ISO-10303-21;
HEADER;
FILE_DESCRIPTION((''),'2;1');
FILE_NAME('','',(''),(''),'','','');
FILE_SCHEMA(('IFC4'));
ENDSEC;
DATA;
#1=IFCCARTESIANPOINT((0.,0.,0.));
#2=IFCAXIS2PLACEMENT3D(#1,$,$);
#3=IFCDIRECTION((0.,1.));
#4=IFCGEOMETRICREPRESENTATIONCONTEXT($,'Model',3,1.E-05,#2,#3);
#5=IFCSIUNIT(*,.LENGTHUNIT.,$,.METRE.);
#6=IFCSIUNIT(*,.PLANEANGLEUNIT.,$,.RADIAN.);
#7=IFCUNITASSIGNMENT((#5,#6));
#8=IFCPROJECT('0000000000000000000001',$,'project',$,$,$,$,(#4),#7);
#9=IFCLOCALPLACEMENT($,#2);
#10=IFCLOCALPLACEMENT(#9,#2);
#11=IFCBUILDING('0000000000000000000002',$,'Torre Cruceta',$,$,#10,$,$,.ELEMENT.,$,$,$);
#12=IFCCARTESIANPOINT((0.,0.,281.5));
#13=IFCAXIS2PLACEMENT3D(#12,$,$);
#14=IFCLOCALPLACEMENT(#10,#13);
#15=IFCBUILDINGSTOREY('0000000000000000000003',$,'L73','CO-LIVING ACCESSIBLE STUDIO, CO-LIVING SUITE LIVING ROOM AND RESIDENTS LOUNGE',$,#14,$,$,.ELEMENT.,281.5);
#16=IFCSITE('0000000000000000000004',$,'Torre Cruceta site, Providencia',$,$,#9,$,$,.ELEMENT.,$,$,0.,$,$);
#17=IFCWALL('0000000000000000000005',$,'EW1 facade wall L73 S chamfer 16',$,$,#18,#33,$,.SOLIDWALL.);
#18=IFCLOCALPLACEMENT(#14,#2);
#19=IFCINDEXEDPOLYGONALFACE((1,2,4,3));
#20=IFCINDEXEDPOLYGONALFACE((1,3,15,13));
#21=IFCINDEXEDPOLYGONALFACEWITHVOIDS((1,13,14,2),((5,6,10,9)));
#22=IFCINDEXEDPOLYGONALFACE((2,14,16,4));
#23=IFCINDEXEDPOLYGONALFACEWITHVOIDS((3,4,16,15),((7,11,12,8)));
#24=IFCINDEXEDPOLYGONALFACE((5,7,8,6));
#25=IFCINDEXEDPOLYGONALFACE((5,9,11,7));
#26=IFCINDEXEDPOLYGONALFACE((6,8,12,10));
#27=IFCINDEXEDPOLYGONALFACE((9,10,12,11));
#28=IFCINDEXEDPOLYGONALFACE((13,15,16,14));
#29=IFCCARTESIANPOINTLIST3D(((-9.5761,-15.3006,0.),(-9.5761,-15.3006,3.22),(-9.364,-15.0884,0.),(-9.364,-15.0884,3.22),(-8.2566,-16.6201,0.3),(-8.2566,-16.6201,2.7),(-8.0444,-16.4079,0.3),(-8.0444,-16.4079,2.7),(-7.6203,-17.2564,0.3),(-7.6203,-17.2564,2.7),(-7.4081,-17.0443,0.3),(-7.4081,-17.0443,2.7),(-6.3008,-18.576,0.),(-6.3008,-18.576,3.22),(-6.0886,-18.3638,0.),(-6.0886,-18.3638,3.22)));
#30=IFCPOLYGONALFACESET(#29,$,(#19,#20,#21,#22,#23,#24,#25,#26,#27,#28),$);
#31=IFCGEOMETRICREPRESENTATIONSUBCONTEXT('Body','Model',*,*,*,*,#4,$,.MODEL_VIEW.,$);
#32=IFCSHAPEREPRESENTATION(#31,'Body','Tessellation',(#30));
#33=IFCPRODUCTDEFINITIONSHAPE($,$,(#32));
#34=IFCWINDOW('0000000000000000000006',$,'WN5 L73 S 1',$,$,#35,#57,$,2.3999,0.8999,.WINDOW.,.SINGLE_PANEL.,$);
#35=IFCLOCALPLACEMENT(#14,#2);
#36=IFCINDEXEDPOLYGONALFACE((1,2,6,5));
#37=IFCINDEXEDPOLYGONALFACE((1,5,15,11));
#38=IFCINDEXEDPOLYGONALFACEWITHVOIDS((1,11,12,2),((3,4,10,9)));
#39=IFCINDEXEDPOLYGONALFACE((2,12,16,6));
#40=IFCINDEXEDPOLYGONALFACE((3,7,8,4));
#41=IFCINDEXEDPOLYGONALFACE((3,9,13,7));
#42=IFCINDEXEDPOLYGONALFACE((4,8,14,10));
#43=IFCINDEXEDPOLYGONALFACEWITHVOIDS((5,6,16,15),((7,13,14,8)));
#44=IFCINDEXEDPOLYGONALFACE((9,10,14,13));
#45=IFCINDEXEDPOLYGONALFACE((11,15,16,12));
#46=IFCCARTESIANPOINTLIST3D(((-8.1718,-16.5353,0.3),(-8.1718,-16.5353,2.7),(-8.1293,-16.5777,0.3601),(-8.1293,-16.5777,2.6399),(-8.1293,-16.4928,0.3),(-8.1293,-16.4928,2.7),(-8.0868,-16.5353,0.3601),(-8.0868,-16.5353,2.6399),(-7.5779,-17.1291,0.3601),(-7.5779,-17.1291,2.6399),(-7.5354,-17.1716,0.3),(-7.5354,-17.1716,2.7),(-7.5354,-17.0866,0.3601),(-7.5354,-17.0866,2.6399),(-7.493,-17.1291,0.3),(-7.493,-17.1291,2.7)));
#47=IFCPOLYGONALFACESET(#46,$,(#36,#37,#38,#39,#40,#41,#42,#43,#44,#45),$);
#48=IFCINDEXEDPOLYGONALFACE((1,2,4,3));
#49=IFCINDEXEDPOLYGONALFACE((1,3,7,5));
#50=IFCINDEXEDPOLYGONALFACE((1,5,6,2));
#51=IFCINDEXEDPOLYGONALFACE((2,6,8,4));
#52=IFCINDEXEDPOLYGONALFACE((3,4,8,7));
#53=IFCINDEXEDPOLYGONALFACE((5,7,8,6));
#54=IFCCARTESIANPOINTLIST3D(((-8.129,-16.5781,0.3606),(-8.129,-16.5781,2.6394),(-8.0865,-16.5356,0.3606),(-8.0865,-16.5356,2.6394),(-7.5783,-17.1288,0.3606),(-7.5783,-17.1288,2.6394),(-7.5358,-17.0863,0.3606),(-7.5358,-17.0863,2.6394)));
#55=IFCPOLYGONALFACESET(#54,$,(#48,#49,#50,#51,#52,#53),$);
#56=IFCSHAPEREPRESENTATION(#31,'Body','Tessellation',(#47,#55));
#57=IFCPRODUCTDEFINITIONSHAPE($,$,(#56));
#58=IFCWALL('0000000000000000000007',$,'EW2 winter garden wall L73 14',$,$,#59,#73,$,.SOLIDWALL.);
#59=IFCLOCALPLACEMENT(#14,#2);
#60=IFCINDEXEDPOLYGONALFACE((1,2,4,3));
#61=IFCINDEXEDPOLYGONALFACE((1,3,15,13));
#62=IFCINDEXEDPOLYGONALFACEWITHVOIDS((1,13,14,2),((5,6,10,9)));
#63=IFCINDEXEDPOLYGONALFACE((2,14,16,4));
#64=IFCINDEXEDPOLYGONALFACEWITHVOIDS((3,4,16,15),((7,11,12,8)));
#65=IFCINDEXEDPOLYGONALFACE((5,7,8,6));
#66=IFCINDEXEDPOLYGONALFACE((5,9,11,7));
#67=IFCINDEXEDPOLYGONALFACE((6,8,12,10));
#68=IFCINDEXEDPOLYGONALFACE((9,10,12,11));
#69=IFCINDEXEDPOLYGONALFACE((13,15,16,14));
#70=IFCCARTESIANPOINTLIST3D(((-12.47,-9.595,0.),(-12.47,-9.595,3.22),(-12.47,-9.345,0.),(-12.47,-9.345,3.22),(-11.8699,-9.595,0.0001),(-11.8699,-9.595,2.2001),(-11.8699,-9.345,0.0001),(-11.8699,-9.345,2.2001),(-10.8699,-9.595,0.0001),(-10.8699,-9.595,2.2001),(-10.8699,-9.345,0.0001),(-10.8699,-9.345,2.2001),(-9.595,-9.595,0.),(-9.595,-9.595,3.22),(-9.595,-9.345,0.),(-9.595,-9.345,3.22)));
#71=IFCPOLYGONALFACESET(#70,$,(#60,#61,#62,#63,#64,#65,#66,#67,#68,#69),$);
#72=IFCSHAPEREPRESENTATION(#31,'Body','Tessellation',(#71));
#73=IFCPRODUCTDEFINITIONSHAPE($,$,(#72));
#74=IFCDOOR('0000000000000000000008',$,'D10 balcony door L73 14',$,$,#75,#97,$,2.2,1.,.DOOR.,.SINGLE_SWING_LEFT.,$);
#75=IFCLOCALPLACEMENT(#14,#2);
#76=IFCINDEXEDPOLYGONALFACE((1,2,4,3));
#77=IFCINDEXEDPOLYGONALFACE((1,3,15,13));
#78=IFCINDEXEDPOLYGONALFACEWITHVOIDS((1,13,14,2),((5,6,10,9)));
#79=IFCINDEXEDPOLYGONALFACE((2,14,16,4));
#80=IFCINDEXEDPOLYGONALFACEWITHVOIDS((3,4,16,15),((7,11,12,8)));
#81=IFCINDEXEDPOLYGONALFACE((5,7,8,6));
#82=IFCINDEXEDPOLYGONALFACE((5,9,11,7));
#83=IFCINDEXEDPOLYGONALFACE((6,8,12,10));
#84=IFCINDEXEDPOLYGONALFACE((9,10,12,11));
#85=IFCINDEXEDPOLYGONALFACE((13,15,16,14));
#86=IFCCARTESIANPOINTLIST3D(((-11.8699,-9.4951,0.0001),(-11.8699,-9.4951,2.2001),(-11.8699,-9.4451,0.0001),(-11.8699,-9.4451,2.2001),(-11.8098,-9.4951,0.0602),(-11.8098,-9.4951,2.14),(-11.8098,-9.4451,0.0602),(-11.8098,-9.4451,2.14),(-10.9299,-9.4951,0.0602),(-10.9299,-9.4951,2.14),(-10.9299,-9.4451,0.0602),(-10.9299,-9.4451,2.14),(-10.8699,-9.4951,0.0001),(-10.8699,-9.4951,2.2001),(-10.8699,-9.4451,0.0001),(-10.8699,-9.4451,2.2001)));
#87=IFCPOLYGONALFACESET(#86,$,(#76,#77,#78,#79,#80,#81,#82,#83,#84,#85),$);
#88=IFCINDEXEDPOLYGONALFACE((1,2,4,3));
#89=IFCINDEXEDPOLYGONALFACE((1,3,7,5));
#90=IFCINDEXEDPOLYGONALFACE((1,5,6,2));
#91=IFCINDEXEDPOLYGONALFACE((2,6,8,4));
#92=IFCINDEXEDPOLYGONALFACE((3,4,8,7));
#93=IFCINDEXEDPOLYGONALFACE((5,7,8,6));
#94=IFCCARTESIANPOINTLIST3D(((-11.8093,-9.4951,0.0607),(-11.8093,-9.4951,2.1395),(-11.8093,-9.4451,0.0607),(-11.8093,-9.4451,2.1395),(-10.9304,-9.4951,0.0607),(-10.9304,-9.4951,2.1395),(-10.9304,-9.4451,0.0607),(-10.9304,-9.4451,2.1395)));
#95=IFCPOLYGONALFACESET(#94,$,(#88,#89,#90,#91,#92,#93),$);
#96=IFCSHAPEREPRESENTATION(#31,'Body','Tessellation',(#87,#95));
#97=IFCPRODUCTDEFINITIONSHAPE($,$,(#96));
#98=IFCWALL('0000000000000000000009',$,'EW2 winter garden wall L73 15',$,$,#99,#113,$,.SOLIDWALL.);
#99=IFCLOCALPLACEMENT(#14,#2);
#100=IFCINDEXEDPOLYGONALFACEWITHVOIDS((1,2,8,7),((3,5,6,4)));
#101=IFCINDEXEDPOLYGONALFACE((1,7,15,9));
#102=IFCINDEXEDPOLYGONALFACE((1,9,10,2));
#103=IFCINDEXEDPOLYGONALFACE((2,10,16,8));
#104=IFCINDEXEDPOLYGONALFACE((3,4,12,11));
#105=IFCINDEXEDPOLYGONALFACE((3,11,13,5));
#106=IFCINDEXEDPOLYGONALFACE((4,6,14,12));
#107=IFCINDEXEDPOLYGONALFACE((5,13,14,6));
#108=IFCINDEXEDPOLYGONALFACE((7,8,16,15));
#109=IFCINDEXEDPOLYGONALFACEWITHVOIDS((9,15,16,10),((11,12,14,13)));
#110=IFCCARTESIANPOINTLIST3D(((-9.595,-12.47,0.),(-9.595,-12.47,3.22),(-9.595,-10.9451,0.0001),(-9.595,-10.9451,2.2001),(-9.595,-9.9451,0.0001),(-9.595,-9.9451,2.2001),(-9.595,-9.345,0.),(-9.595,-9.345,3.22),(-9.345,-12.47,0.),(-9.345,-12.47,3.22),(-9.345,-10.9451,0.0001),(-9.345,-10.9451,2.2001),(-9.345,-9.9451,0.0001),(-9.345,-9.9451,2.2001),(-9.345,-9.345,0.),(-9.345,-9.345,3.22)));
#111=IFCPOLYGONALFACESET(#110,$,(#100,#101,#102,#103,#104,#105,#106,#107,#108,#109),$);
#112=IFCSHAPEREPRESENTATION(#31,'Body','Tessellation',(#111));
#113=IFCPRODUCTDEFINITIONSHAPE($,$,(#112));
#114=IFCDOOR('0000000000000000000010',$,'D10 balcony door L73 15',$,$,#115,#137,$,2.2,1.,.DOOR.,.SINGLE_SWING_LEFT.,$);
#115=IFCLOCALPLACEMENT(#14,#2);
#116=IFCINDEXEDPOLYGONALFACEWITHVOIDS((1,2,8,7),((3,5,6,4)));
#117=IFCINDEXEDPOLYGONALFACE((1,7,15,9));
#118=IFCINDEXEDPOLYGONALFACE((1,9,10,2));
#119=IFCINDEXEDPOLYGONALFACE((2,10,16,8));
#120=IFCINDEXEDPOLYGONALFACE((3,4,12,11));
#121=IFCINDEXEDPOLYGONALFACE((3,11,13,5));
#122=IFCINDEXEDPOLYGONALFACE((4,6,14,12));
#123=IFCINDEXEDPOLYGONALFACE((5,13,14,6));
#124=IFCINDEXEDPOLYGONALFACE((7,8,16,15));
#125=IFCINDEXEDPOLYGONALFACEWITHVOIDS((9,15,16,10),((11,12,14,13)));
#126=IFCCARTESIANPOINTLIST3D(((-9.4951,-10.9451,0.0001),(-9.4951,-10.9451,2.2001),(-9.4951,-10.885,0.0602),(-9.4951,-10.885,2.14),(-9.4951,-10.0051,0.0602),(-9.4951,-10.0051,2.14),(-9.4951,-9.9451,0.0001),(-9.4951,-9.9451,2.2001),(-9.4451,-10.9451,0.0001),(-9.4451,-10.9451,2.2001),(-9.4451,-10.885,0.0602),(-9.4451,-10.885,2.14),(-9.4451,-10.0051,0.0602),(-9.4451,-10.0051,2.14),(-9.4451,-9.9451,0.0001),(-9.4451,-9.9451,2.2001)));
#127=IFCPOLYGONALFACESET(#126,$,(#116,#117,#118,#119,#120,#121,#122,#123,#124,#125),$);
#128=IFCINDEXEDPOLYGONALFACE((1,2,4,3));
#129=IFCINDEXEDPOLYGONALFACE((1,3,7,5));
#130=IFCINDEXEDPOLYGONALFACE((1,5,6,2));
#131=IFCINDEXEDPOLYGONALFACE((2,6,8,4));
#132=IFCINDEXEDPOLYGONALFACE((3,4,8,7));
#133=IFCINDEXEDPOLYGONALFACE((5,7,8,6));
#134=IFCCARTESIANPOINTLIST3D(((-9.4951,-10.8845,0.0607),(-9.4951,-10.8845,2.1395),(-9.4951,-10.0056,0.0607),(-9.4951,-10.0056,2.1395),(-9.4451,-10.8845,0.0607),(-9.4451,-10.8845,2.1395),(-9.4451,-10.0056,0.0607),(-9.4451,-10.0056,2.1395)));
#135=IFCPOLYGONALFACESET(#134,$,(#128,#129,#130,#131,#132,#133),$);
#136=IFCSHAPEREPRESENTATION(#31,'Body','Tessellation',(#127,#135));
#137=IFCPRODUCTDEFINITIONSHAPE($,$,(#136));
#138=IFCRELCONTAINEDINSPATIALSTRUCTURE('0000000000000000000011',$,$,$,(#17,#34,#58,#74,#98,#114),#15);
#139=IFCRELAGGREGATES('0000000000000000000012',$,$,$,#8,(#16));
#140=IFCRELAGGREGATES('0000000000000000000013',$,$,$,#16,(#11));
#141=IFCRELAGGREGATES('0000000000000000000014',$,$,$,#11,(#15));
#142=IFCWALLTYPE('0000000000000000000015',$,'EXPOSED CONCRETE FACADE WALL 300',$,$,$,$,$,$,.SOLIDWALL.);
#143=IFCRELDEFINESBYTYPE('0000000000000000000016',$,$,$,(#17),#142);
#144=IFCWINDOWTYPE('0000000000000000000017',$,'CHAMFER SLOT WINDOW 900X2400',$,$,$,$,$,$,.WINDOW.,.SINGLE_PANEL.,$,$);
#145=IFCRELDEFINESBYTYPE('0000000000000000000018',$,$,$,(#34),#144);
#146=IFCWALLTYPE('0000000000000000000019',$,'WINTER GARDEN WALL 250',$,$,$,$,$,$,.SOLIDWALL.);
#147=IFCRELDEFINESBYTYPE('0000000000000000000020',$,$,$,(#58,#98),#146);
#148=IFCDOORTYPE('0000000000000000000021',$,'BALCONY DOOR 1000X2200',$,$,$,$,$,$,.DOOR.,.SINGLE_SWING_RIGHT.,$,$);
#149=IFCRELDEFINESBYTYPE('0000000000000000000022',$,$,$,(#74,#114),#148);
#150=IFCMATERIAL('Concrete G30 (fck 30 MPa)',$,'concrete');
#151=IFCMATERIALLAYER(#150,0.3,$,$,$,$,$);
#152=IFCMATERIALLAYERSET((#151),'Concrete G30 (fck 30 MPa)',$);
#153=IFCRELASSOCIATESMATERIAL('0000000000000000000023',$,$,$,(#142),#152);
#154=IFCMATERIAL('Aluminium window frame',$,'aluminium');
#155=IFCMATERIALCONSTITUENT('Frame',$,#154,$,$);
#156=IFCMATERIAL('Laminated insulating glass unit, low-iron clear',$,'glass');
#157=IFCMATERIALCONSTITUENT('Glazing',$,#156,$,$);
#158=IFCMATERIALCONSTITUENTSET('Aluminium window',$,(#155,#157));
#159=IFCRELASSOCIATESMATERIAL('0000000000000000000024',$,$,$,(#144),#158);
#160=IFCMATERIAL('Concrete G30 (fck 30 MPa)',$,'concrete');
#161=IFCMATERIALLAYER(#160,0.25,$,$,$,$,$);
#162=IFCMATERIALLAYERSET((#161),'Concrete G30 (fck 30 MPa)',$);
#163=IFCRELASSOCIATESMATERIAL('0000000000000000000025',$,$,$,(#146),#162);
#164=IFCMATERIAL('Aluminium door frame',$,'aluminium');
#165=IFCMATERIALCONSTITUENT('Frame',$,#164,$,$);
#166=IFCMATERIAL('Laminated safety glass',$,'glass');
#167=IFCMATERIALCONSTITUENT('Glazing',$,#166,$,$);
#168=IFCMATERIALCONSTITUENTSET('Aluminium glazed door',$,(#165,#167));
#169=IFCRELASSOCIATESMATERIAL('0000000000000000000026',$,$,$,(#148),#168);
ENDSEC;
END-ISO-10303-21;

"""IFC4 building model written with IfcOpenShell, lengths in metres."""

from ifc_helpers import new_model, si_unit, direction, frame, frame_2d, origin, place, context, subcontext, project, spatial, rectangle, hollow_rectangle, extrude, material, layer, layer_set, constituent, constituent_set, type_object, element, fill, save


model = new_model("IFC4")

# Units and contexts
model_context = context("Model", 3, precision=1e-05, world=origin(), true_north=direction((0.0, 1.0)))
body_context = subcontext(model_context, "Body", "Model", "MODEL_VIEW")
ifc_project = project(units=[si_unit("LENGTHUNIT", "METRE"), si_unit("PLANEANGLEUNIT", "RADIAN")], contexts=[model_context])

# Site, building, storey
site_placement = place(None, origin())
site = spatial("IfcSite", under=ifc_project, at=site_placement, Name="Torre Cruceta site, Providencia", CompositionType="ELEMENT", RefElevation=0.0)
building_placement = place(site_placement, origin())
building = spatial("IfcBuilding", under=site, at=building_placement, Name="Torre Cruceta", CompositionType="ELEMENT")
storey_placement = place(building_placement, frame((0.0, 0.0, 281.5)))
storey = spatial("IfcBuildingStorey", under=building, at=storey_placement, Name="L73", Description="CO-LIVING ACCESSIBLE STUDIO, CO-LIVING SUITE LIVING ROOM AND RESIDENTS LOUNGE", CompositionType="ELEMENT", Elevation=281.5)

# Wall, opening, window
ifc_material_1 = material(Name="Concrete G30 (fck 30 MPa)", Category="concrete")
ifc_layer_1 = layer(ifc_material_1, 0.3)
ifc_layer_set_1 = layer_set([ifc_layer_1], Name="Concrete G30 (fck 30 MPa)")
wall_type_1 = type_object("IfcWallType", Name="EXPOSED CONCRETE FACADE WALL 300", PredefinedType="SOLIDWALL", material=ifc_layer_set_1)
wall_1_placement = place(storey_placement, frame((-9.47, -15.1946, 0.0), z_axis=(0.0, 0.0, 1.0), x_axis=(0.707107, -0.707107, 0.0)))
wall_1 = element("IfcWall", 1, at=wall_1_placement, inside=storey, type_object=wall_type_1, Name="EW1 facade wall L73 S chamfer 16", PredefinedType="SOLIDWALL", context=body_context, shape_type="SweptSolid", body=[
    extrude(rectangle(XDim=4.6321, YDim=0.3, at=frame_2d((2.3159, 0.0))), origin(), (0.0, 0.0, 1.0), 3.22),
])
opening_1_placement = place(wall_1_placement, frame((1.866, 0.0, 0.3)))
opening_1 = element("IfcOpeningElement", 2, at=opening_1_placement, cuts=wall_1, PredefinedType="OPENING", context=body_context, shape_type="SweptSolid", body=[
    extrude(rectangle(XDim=0.8999, YDim=2.3999, at=frame_2d((0.45, 1.2))), frame((0.0, 0.1599, 0.0), z_axis=(0.0, -1.0, 0.0), x_axis=(1.0, 0.0, 0.0)), (0.0, 0.0, 1.0), 0.3201),
])
ifc_material_2 = material(Name="Aluminium window frame", Category="aluminium")
ifc_constituent_1 = constituent(ifc_material_2, Name="Frame")
ifc_material_3 = material(Name="Laminated insulating glass unit, low-iron clear", Category="glass")
ifc_constituent_2 = constituent(ifc_material_3, Name="Glazing")
ifc_constituent_set_1 = constituent_set(constituents=[ifc_constituent_1, ifc_constituent_2], Name="Aluminium window")
window_type = type_object("IfcWindowType", Name="CHAMFER SLOT WINDOW 900X2400", PartitioningType="SINGLE_PANEL", PredefinedType="WINDOW", material=ifc_constituent_set_1)
window_placement = place(opening_1_placement, origin())
window = element("IfcWindow", 3, at=window_placement, inside=storey, type_object=window_type, Name="WN5 L73 S 1", OverallHeight=2.3999, OverallWidth=0.8999, PartitioningType="SINGLE_PANEL", PredefinedType="WINDOW", context=body_context, shape_type="SweptSolid", body=[
    extrude(hollow_rectangle(XDim=0.8999, YDim=2.3999, WallThickness=0.0601, at=frame_2d((0.45, 1.2))), frame((0.0, 0.03, 0.0), z_axis=(0.0, -1.0, 0.0), x_axis=(1.0, 0.0, 0.0)), (0.0, 0.0, 1.0), 0.0601),
    extrude(rectangle(XDim=0.7788, YDim=2.2788, at=frame_2d((0.45, 1.2))), frame((0.0, 0.03, 0.0), z_axis=(0.0, -1.0, 0.0), x_axis=(1.0, 0.0, 0.0)), (0.0, 0.0, 1.0), 0.0601),
])
fill(opening_1, window)

# Walls, openings, doors
ifc_material_4 = material(Name="Concrete G30 (fck 30 MPa)", Category="concrete")
ifc_layer_2 = layer(ifc_material_4, 0.25)
ifc_layer_set_2 = layer_set([ifc_layer_2], Name="Concrete G30 (fck 30 MPa)")
wall_type_2 = type_object("IfcWallType", Name="WINTER GARDEN WALL 250", PredefinedType="SOLIDWALL", material=ifc_layer_set_2)
wall_2_placement = place(storey_placement, frame((-12.47, -9.47, 0.0), z_axis=(0.0, 0.0, 1.0), x_axis=(1.0, 0.0, 0.0)))
wall_2 = element("IfcWall", 4, at=wall_2_placement, inside=storey, type_object=wall_type_2, Name="EW2 winter garden wall L73 14", PredefinedType="SOLIDWALL", context=body_context, shape_type="SweptSolid", body=[
    extrude(rectangle(XDim=2.875, YDim=0.25, at=frame_2d((1.4375, 0.0))), origin(), (0.0, 0.0, 1.0), 3.22),
])
opening_2_placement = place(wall_2_placement, frame((0.6001, 0.0, 0.0)))
opening_2 = element("IfcOpeningElement", 5, at=opening_2_placement, cuts=wall_2, PredefinedType="OPENING", context=body_context, shape_type="SweptSolid", body=[
    extrude(rectangle(XDim=1.0, YDim=2.2, at=frame_2d((0.5, 1.1001))), frame((0.0, 0.135, 0.0), z_axis=(0.0, -1.0, 0.0), x_axis=(1.0, 0.0, 0.0)), (0.0, 0.0, 1.0), 0.27),
])
ifc_material_5 = material(Name="Aluminium door frame", Category="aluminium")
ifc_constituent_3 = constituent(ifc_material_5, Name="Frame")
ifc_material_6 = material(Name="Laminated safety glass", Category="glass")
ifc_constituent_4 = constituent(ifc_material_6, Name="Glazing")
ifc_constituent_set_2 = constituent_set(constituents=[ifc_constituent_3, ifc_constituent_4], Name="Aluminium glazed door")
door_type = type_object("IfcDoorType", Name="BALCONY DOOR 1000X2200", OperationType="SINGLE_SWING_RIGHT", PredefinedType="DOOR", material=ifc_constituent_set_2)
door_1_placement = place(opening_2_placement, origin())
door_1 = element("IfcDoor", 6, at=door_1_placement, inside=storey, type_object=door_type, Name="D10 balcony door L73 14", OperationType="SINGLE_SWING_LEFT", OverallHeight=2.2, OverallWidth=1.0, PredefinedType="DOOR", context=body_context, shape_type="SweptSolid", body=[
    extrude(hollow_rectangle(XDim=1.0, YDim=2.2, WallThickness=0.0601, at=frame_2d((0.5, 1.1001))), frame((0.0, 0.0249, 0.0), z_axis=(0.0, -1.0, 0.0), x_axis=(1.0, 0.0, 0.0)), (0.0, 0.0, 1.0), 0.05),
    extrude(rectangle(XDim=0.8789, YDim=2.0789, at=frame_2d((0.5, 1.1001))), frame((0.0, 0.0249, 0.0), z_axis=(0.0, -1.0, 0.0), x_axis=(1.0, 0.0, 0.0)), (0.0, 0.0, 1.0), 0.05),
])
fill(opening_2, door_1)
wall_3_placement = place(storey_placement, frame((-9.47, -9.345, 0.0), z_axis=(0.0, 0.0, 1.0), x_axis=(0.0, -1.0, 0.0)))
wall_3 = element("IfcWall", 7, at=wall_3_placement, inside=storey, type_object=wall_type_2, Name="EW2 winter garden wall L73 15", PredefinedType="SOLIDWALL", context=body_context, shape_type="SweptSolid", body=[
    extrude(rectangle(XDim=3.125, YDim=0.25, at=frame_2d((1.5625, 0.0))), origin(), (0.0, 0.0, 1.0), 3.22),
])
opening_3_placement = place(wall_3_placement, frame((0.6001, 0.0, 0.0)))
opening_3 = element("IfcOpeningElement", 8, at=opening_3_placement, cuts=wall_3, PredefinedType="OPENING", context=body_context, shape_type="SweptSolid", body=[
    extrude(rectangle(XDim=1.0, YDim=2.2, at=frame_2d((0.5, 1.1001))), frame((0.0, 0.135, 0.0), z_axis=(0.0, -1.0, 0.0), x_axis=(1.0, 0.0, 0.0)), (0.0, 0.0, 1.0), 0.27),
])
door_2_placement = place(opening_3_placement, origin())
door_2 = element("IfcDoor", 9, at=door_2_placement, inside=storey, type_object=door_type, Name="D10 balcony door L73 15", OperationType="SINGLE_SWING_LEFT", OverallHeight=2.2, OverallWidth=1.0, PredefinedType="DOOR", context=body_context, shape_type="SweptSolid", body=[
    extrude(hollow_rectangle(XDim=1.0, YDim=2.2, WallThickness=0.0601, at=frame_2d((0.5, 1.1001))), frame((0.0, 0.0249, 0.0), z_axis=(0.0, -1.0, 0.0), x_axis=(1.0, 0.0, 0.0)), (0.0, 0.0, 1.0), 0.05),
    extrude(rectangle(XDim=0.8789, YDim=2.0789, at=frame_2d((0.5, 1.1001))), frame((0.0, 0.0249, 0.0), z_axis=(0.0, -1.0, 0.0), x_axis=(1.0, 0.0, 0.0)), (0.0, 0.0, 1.0), 0.05),
])
fill(opening_3, door_2)

save(model, "model.ifc")
